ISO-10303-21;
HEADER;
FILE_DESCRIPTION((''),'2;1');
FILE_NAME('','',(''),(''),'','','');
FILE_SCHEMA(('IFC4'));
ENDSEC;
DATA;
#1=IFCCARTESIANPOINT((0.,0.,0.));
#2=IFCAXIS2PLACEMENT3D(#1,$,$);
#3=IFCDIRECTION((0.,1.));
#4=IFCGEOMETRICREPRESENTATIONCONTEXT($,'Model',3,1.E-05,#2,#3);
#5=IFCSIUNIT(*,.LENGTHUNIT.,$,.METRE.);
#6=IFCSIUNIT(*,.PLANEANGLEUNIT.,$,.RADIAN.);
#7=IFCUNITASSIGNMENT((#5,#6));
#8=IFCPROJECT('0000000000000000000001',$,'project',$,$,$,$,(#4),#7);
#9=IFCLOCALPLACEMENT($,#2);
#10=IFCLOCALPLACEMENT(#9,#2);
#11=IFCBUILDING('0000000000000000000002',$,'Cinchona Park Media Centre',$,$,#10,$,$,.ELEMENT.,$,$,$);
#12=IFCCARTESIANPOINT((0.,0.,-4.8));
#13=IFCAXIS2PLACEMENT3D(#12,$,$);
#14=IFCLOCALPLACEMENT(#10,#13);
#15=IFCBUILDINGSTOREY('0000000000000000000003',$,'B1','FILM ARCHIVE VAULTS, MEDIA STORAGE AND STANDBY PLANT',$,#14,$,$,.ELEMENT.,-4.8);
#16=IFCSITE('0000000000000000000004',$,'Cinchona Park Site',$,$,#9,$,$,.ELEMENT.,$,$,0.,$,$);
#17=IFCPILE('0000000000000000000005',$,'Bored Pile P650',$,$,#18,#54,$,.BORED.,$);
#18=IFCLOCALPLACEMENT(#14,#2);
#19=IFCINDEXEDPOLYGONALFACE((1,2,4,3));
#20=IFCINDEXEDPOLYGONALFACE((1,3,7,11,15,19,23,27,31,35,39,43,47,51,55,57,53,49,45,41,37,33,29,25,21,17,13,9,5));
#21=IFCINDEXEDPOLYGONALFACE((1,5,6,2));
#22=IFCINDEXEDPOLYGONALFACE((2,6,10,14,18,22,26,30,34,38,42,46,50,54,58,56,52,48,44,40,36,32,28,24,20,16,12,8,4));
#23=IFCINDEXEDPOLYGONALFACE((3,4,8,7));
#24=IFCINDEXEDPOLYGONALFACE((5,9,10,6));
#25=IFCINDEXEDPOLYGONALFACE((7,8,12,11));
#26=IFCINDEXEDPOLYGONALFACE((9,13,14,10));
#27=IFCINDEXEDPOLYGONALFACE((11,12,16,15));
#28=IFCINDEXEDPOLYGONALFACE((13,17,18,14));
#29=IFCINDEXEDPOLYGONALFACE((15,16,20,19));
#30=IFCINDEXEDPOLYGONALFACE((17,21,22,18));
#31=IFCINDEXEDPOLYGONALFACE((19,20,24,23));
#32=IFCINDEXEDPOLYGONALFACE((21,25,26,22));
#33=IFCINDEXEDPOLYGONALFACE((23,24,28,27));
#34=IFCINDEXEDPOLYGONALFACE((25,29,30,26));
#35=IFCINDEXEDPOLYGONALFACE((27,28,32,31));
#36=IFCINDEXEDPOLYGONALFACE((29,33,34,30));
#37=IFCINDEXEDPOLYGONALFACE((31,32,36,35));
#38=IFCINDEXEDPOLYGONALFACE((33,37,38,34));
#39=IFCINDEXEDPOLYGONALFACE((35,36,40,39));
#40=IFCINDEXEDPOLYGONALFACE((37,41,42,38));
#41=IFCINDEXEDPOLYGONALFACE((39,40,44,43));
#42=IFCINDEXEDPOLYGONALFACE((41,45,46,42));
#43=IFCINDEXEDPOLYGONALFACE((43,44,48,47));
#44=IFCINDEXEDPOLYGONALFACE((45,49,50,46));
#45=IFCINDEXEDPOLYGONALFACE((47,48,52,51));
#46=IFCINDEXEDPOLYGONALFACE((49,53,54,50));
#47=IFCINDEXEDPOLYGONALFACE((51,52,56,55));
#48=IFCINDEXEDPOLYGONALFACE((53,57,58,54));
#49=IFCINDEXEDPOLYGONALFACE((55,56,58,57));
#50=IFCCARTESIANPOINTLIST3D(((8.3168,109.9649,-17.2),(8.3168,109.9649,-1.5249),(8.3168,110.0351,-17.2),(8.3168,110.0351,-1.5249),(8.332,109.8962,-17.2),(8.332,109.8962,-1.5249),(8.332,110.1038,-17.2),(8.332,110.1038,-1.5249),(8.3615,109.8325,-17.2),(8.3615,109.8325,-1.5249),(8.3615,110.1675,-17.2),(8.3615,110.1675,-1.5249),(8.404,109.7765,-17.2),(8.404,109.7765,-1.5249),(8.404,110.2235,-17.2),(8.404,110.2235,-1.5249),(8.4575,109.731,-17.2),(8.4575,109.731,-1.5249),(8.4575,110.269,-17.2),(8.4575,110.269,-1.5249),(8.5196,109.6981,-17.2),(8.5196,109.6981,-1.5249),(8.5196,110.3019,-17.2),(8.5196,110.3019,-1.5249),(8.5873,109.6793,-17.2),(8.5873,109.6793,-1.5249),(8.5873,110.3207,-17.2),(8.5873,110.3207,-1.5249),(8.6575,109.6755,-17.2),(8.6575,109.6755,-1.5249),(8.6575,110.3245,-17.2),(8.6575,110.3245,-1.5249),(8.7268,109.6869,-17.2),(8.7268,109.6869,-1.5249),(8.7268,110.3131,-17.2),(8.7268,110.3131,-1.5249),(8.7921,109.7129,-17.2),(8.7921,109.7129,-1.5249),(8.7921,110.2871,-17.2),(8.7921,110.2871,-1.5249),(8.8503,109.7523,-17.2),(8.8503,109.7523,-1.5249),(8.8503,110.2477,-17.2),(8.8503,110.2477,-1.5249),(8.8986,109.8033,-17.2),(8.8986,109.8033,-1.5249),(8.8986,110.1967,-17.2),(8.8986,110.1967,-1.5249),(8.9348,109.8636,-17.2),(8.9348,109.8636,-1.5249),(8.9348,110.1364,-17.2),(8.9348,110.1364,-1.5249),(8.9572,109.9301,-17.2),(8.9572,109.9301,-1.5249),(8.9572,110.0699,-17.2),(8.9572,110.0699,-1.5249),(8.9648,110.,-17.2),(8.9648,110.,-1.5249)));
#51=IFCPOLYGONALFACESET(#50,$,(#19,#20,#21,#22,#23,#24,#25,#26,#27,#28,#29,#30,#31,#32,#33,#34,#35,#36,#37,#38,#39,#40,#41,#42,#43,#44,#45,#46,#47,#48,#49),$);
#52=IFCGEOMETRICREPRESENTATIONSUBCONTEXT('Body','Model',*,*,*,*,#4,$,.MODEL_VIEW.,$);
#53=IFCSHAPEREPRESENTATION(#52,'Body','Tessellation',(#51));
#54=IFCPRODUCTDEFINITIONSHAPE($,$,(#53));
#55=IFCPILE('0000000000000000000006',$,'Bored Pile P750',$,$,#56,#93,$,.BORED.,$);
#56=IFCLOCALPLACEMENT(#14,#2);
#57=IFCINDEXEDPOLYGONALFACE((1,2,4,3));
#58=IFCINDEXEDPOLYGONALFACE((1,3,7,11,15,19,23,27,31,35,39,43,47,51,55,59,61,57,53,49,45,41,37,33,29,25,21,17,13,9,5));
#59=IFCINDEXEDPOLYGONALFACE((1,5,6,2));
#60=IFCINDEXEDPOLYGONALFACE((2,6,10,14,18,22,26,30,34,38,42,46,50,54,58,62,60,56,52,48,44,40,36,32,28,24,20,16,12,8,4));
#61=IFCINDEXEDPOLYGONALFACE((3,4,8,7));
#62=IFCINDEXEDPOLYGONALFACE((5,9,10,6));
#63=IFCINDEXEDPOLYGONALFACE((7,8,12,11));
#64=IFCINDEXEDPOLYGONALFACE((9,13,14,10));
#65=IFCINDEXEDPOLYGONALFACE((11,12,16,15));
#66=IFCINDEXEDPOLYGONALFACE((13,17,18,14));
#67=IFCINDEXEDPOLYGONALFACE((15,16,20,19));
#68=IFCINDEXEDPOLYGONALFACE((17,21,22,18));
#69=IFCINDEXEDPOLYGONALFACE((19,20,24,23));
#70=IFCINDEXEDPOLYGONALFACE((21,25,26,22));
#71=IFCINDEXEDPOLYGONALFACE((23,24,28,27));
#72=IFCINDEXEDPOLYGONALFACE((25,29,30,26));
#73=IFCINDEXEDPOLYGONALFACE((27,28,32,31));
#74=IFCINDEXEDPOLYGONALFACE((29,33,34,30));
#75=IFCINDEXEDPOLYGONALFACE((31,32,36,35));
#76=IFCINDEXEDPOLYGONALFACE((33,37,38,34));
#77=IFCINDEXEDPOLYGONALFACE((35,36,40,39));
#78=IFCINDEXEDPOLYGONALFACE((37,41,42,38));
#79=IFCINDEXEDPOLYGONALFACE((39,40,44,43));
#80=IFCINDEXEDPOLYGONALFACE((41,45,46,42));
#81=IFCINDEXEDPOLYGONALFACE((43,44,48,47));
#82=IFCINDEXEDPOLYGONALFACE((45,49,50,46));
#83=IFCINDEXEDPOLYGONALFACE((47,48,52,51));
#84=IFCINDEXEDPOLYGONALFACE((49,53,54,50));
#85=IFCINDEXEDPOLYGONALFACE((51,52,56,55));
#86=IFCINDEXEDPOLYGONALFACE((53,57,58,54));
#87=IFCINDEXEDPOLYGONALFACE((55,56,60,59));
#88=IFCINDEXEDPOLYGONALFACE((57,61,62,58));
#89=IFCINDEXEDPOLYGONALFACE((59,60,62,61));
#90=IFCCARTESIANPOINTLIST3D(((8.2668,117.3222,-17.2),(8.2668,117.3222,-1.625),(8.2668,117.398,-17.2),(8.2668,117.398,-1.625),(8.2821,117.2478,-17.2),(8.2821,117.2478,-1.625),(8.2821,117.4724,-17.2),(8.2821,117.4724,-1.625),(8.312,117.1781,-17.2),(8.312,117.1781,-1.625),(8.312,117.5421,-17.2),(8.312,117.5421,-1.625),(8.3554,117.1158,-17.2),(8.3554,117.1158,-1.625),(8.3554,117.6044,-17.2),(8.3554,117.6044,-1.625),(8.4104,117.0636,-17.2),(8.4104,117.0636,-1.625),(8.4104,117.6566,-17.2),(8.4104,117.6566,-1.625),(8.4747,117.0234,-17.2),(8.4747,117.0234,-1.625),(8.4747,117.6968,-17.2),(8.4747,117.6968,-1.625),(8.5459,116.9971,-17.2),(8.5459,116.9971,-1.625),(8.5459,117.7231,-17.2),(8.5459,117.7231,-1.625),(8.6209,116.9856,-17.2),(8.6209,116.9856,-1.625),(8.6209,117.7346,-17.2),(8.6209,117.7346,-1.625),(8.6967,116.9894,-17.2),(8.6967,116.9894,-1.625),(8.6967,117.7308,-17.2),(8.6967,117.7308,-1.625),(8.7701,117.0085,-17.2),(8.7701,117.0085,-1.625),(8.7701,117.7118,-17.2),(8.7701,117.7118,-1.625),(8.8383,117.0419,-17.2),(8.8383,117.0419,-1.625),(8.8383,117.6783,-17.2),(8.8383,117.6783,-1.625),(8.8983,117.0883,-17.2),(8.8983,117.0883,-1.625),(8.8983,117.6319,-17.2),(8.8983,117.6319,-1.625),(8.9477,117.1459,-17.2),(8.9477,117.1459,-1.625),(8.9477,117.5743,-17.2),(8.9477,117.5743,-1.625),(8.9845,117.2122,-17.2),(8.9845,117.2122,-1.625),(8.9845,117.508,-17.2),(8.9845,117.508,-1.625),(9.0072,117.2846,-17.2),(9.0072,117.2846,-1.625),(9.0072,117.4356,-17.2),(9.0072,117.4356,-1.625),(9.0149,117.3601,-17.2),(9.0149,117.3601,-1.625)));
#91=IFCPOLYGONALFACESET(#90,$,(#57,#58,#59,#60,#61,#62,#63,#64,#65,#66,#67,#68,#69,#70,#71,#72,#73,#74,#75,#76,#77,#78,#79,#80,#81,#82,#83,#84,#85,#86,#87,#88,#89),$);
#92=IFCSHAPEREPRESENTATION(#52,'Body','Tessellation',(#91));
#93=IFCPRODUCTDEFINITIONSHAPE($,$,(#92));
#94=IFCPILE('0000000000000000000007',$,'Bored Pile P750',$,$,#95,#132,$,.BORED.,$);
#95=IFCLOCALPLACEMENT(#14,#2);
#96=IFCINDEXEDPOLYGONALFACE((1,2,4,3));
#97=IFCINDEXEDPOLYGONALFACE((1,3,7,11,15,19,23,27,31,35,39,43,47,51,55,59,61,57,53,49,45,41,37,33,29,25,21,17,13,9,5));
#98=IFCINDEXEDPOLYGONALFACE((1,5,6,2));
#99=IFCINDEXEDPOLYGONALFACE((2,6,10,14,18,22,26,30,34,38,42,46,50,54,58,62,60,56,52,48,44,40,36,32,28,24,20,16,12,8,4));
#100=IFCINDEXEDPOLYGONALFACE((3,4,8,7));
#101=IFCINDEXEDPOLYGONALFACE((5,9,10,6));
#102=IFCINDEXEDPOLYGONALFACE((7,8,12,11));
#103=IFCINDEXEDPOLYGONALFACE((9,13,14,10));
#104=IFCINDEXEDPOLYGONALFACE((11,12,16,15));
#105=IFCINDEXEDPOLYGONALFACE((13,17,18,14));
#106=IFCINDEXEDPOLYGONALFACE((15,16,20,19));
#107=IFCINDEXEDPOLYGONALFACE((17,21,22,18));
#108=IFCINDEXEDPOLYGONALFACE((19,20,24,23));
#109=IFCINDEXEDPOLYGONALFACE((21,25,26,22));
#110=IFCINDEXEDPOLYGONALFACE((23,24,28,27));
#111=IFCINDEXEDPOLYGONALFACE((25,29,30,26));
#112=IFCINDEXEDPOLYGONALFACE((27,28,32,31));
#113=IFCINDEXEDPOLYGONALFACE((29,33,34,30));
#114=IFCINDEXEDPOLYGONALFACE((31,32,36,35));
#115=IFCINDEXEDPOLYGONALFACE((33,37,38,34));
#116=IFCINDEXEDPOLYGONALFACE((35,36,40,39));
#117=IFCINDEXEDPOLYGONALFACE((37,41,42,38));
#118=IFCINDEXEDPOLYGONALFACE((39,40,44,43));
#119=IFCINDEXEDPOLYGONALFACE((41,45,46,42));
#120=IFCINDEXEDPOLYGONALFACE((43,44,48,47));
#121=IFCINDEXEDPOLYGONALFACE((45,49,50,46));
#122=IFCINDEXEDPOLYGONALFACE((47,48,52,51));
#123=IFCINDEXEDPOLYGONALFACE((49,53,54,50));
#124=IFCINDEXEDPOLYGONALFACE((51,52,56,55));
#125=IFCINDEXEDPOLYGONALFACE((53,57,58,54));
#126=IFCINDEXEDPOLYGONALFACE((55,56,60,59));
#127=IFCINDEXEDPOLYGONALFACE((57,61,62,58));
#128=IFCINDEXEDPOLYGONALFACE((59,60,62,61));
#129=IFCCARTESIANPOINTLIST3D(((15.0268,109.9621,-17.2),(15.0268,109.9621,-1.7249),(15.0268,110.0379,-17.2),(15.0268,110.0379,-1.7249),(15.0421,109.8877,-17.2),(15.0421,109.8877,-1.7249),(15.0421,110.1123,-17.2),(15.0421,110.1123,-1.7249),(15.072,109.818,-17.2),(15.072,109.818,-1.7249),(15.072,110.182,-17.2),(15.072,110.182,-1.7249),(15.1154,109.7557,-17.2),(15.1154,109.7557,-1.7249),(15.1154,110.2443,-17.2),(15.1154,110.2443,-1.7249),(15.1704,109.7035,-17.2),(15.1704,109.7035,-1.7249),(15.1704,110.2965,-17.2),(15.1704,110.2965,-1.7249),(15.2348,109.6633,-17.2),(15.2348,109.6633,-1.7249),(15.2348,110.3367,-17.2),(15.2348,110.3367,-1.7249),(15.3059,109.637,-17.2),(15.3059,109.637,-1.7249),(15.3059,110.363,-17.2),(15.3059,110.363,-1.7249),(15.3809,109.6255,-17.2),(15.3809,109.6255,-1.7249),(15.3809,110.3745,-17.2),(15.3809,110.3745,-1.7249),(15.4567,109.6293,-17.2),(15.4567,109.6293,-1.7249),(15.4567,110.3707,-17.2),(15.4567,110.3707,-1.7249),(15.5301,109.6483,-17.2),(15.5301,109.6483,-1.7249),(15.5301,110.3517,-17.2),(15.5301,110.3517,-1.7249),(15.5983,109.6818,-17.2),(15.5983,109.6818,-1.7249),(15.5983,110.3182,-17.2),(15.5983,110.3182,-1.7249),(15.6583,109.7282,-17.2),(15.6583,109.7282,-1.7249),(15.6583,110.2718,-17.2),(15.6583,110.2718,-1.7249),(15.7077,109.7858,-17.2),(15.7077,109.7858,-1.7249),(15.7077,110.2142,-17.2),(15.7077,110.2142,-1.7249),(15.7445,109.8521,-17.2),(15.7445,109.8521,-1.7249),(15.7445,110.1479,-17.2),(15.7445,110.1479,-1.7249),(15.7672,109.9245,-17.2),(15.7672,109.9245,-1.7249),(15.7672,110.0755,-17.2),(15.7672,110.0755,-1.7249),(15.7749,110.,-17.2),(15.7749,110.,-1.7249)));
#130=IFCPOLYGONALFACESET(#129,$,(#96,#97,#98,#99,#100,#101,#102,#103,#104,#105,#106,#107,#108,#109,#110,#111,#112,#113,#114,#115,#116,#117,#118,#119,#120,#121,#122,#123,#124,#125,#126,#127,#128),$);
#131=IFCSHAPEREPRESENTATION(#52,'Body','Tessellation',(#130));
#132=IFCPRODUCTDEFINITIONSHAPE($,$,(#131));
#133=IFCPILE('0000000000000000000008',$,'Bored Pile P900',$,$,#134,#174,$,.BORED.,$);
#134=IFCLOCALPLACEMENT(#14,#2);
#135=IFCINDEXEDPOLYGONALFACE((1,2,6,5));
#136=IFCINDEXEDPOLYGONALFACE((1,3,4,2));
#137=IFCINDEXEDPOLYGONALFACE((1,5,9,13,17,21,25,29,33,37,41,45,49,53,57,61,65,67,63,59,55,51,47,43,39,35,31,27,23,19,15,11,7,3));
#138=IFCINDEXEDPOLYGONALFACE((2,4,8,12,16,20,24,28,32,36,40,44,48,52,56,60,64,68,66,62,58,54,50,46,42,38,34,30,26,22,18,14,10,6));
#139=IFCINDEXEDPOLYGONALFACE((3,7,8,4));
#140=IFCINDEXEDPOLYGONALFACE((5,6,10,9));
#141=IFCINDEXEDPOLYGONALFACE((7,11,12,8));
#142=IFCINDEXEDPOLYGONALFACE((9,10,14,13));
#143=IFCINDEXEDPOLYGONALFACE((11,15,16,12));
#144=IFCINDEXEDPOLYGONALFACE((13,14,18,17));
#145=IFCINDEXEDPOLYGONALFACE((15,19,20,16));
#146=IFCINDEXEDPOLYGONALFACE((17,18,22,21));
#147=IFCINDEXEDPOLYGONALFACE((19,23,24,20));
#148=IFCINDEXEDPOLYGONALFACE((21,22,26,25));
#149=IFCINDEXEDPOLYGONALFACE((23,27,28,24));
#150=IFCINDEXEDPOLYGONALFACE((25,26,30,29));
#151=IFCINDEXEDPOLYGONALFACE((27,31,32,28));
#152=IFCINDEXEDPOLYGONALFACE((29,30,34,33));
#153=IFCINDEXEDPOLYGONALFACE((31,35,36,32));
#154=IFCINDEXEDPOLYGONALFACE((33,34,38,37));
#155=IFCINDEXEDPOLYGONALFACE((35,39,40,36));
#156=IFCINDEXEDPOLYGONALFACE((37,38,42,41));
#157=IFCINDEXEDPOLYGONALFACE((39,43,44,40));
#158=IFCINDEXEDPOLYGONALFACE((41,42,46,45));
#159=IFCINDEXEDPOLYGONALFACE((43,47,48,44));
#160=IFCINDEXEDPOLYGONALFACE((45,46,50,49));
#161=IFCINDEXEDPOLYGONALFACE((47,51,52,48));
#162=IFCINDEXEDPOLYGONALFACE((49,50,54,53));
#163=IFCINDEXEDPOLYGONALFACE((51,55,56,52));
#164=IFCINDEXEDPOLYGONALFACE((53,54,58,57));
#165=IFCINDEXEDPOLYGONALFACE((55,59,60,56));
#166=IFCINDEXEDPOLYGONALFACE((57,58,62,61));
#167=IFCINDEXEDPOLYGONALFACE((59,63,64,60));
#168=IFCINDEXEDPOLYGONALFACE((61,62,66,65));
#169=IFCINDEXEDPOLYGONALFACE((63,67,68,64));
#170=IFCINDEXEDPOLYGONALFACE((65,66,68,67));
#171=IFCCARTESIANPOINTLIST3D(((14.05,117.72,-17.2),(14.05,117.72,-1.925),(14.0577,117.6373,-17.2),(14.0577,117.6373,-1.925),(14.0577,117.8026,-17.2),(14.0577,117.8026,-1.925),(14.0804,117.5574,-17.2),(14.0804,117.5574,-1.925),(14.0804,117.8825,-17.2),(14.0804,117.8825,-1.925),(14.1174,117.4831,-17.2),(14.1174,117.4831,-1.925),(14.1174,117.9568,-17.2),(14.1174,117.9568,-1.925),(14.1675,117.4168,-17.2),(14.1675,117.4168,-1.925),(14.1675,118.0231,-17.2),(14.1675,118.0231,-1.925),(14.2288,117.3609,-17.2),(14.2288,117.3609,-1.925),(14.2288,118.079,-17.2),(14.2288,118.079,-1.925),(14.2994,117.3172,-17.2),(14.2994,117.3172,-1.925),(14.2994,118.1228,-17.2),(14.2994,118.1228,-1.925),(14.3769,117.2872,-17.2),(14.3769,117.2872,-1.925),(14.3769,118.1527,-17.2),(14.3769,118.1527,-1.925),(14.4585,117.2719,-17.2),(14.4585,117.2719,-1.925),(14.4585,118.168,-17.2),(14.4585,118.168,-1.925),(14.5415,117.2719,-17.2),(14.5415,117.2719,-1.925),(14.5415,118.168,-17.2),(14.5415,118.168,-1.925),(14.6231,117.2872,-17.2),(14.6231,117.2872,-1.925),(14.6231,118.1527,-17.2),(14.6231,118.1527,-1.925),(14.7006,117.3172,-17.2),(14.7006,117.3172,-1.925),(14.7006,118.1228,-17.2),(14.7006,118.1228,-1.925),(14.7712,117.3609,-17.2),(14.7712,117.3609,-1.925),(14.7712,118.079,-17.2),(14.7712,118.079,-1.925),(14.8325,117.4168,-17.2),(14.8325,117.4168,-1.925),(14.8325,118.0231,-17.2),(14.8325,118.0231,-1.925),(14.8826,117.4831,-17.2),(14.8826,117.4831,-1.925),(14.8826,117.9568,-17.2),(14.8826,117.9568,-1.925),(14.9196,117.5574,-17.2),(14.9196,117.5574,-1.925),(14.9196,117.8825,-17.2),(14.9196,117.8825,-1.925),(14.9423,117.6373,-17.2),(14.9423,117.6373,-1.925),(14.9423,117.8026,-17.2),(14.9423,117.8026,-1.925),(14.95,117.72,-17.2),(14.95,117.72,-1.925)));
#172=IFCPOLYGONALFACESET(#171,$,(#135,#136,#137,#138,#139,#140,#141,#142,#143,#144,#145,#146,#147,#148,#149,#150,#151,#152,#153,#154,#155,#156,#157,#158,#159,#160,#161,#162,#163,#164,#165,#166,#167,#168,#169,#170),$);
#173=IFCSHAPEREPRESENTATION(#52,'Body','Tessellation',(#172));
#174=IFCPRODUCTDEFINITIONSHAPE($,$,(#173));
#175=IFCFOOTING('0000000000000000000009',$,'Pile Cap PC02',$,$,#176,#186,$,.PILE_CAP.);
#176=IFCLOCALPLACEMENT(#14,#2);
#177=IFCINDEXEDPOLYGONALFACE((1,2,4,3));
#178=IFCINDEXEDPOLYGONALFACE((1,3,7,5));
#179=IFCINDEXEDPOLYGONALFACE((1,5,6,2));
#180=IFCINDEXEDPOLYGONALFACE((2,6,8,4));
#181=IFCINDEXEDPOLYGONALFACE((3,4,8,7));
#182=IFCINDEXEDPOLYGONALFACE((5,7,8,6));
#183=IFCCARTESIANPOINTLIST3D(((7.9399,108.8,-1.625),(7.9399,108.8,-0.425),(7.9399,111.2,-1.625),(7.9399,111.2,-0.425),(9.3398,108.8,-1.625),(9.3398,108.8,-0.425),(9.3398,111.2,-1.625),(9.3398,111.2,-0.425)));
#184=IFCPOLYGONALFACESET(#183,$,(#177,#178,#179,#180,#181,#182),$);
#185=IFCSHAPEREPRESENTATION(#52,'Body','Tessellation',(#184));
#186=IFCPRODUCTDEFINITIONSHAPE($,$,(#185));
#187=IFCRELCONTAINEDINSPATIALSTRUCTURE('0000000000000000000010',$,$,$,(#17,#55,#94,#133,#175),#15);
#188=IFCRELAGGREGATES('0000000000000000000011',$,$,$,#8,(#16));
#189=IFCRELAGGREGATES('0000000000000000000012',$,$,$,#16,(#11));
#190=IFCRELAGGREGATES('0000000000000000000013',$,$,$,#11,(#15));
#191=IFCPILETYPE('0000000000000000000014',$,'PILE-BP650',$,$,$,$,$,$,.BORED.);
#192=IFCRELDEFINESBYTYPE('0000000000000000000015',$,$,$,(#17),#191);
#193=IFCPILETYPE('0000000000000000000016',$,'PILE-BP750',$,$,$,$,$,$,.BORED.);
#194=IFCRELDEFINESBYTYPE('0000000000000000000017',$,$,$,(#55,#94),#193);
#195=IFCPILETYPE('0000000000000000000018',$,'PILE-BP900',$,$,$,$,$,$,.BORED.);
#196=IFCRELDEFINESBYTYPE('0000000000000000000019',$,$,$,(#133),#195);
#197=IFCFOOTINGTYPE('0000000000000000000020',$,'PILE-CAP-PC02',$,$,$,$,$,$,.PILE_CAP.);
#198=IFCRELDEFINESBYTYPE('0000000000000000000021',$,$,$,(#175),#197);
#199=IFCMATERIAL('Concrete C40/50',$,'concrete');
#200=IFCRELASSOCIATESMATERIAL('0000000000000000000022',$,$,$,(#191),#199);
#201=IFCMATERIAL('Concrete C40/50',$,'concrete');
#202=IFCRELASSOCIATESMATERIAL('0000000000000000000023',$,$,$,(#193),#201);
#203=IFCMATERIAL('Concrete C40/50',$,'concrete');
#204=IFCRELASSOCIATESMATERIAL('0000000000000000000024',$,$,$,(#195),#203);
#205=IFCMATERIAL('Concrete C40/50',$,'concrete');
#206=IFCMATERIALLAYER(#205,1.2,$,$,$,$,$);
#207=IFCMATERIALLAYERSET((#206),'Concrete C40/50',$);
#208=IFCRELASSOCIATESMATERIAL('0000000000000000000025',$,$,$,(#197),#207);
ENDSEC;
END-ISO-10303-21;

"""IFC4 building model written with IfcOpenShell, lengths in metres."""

from ifc_helpers import new_model, si_unit, direction, frame, origin, origin_2d, place, context, subcontext, project, spatial, rectangle, circle, extrude, material, layer, layer_set, material_profile, profile_set, type_object, element, save


model = new_model("IFC4")

# Units and contexts
model_context = context("Model", 3, precision=1e-05, world=origin(), true_north=direction((0.0, 1.0)))
body_context = subcontext(model_context, "Body", "Model", "MODEL_VIEW")
ifc_project = project(units=[si_unit("LENGTHUNIT", "METRE"), si_unit("PLANEANGLEUNIT", "RADIAN")], contexts=[model_context])

# Site, building, storey
site_placement = place(None, origin())
site = spatial("IfcSite", under=ifc_project, at=site_placement, Name="Cinchona Park Site", CompositionType="ELEMENT", RefElevation=0.0)
building_placement = place(site_placement, origin())
building = spatial("IfcBuilding", under=site, at=building_placement, Name="Cinchona Park Media Centre", CompositionType="ELEMENT")
storey_placement = place(building_placement, frame((0.0, 0.0, -4.8)))
storey = spatial("IfcBuildingStorey", under=building, at=storey_placement, Name="B1", Description="FILM ARCHIVE VAULTS, MEDIA STORAGE AND STANDBY PLANT", CompositionType="ELEMENT", Elevation=-4.8)

# Piles
ifc_material_1 = material(Name="Concrete C40/50", Category="concrete")
ifc_material_profile_1 = material_profile(ifc_material_1, circle(Radius=0.325, at=origin_2d()), Name="BORED PILE 650")
ifc_profile_set_1 = profile_set([ifc_material_profile_1], Name="Concrete C40/50")
pile_type_1 = type_object("IfcPileType", Name="PILE-BP650", PredefinedType="BORED", material=ifc_profile_set_1)
pile_1_placement = place(storey_placement, frame((8.6399, 110.0, -1.5249), z_axis=(0.0, 0.0, -1.0), x_axis=(1.0, 0.0, 0.0)))
element("IfcPile", 1, at=pile_1_placement, inside=storey, type_object=pile_type_1, Name="Bored Pile P650", PredefinedType="BORED", context=body_context, shape_type="SweptSolid", body=[
    extrude(circle(Radius=0.325, at=origin_2d()), origin(), (0.0, 0.0, 1.0), 15.675),
])
ifc_material_2 = material(Name="Concrete C40/50", Category="concrete")
ifc_material_profile_2 = material_profile(ifc_material_2, circle(Radius=0.375, at=origin_2d()), Name="BORED PILE 750")
ifc_profile_set_2 = profile_set([ifc_material_profile_2], Name="Concrete C40/50")
pile_type_2 = type_object("IfcPileType", Name="PILE-BP750", PredefinedType="BORED", material=ifc_profile_set_2)
pile_2_placement = place(storey_placement, frame((8.6399, 117.3601, -1.625), z_axis=(0.0, 0.0, -1.0), x_axis=(1.0, 0.0, 0.0)))
element("IfcPile", 2, at=pile_2_placement, inside=storey, type_object=pile_type_2, Name="Bored Pile P750", PredefinedType="BORED", context=body_context, shape_type="SweptSolid", body=[
    extrude(circle(Radius=0.375, at=origin_2d()), origin(), (0.0, 0.0, 1.0), 15.575),
])
pile_3_placement = place(storey_placement, frame((15.3999, 110.0, -1.7249), z_axis=(0.0, 0.0, -1.0), x_axis=(1.0, 0.0, 0.0)))
element("IfcPile", 3, at=pile_3_placement, inside=storey, type_object=pile_type_2, Name="Bored Pile P750", PredefinedType="BORED", context=body_context, shape_type="SweptSolid", body=[
    extrude(circle(Radius=0.375, at=origin_2d()), origin(), (0.0, 0.0, 1.0), 15.4751),
])
ifc_material_3 = material(Name="Concrete C40/50", Category="concrete")
ifc_material_profile_3 = material_profile(ifc_material_3, circle(Radius=0.45, at=origin_2d()), Name="BORED PILE 900")
ifc_profile_set_3 = profile_set([ifc_material_profile_3], Name="Concrete C40/50")
pile_type_3 = type_object("IfcPileType", Name="PILE-BP900", PredefinedType="BORED", material=ifc_profile_set_3)
pile_4_placement = place(storey_placement, frame((14.5, 117.72, -1.925), z_axis=(0.0, 0.0, -1.0), x_axis=(1.0, 0.0, 0.0)))
element("IfcPile", 4, at=pile_4_placement, inside=storey, type_object=pile_type_3, Name="Bored Pile P900", PredefinedType="BORED", context=body_context, shape_type="SweptSolid", body=[
    extrude(circle(Radius=0.45, at=origin_2d()), origin(), (0.0, 0.0, 1.0), 15.2749),
])

# Footing
ifc_material_4 = material(Name="Concrete C40/50", Category="concrete")
ifc_layer_1 = layer(ifc_material_4, 1.2)
ifc_layer_set_1 = layer_set([ifc_layer_1], Name="Concrete C40/50")
footing_type_1 = type_object("IfcFootingType", Name="PILE-CAP-PC02", PredefinedType="PILE_CAP", material=ifc_layer_set_1)
footing_1_placement = place(storey_placement, frame((8.6399, 110.0, -1.625), z_axis=(0.0, 0.0, 1.0), x_axis=(1.0, 0.0, 0.0)))
element("IfcFooting", 5, at=footing_1_placement, inside=storey, type_object=footing_type_1, Name="Pile Cap PC02", PredefinedType="PILE_CAP", context=body_context, shape_type="SweptSolid", body=[
    extrude(rectangle(XDim=1.3999, YDim=2.3999, at=origin_2d()), origin(), (0.0, 0.0, 1.0), 1.2),
])

save(model, "model.ifc")
